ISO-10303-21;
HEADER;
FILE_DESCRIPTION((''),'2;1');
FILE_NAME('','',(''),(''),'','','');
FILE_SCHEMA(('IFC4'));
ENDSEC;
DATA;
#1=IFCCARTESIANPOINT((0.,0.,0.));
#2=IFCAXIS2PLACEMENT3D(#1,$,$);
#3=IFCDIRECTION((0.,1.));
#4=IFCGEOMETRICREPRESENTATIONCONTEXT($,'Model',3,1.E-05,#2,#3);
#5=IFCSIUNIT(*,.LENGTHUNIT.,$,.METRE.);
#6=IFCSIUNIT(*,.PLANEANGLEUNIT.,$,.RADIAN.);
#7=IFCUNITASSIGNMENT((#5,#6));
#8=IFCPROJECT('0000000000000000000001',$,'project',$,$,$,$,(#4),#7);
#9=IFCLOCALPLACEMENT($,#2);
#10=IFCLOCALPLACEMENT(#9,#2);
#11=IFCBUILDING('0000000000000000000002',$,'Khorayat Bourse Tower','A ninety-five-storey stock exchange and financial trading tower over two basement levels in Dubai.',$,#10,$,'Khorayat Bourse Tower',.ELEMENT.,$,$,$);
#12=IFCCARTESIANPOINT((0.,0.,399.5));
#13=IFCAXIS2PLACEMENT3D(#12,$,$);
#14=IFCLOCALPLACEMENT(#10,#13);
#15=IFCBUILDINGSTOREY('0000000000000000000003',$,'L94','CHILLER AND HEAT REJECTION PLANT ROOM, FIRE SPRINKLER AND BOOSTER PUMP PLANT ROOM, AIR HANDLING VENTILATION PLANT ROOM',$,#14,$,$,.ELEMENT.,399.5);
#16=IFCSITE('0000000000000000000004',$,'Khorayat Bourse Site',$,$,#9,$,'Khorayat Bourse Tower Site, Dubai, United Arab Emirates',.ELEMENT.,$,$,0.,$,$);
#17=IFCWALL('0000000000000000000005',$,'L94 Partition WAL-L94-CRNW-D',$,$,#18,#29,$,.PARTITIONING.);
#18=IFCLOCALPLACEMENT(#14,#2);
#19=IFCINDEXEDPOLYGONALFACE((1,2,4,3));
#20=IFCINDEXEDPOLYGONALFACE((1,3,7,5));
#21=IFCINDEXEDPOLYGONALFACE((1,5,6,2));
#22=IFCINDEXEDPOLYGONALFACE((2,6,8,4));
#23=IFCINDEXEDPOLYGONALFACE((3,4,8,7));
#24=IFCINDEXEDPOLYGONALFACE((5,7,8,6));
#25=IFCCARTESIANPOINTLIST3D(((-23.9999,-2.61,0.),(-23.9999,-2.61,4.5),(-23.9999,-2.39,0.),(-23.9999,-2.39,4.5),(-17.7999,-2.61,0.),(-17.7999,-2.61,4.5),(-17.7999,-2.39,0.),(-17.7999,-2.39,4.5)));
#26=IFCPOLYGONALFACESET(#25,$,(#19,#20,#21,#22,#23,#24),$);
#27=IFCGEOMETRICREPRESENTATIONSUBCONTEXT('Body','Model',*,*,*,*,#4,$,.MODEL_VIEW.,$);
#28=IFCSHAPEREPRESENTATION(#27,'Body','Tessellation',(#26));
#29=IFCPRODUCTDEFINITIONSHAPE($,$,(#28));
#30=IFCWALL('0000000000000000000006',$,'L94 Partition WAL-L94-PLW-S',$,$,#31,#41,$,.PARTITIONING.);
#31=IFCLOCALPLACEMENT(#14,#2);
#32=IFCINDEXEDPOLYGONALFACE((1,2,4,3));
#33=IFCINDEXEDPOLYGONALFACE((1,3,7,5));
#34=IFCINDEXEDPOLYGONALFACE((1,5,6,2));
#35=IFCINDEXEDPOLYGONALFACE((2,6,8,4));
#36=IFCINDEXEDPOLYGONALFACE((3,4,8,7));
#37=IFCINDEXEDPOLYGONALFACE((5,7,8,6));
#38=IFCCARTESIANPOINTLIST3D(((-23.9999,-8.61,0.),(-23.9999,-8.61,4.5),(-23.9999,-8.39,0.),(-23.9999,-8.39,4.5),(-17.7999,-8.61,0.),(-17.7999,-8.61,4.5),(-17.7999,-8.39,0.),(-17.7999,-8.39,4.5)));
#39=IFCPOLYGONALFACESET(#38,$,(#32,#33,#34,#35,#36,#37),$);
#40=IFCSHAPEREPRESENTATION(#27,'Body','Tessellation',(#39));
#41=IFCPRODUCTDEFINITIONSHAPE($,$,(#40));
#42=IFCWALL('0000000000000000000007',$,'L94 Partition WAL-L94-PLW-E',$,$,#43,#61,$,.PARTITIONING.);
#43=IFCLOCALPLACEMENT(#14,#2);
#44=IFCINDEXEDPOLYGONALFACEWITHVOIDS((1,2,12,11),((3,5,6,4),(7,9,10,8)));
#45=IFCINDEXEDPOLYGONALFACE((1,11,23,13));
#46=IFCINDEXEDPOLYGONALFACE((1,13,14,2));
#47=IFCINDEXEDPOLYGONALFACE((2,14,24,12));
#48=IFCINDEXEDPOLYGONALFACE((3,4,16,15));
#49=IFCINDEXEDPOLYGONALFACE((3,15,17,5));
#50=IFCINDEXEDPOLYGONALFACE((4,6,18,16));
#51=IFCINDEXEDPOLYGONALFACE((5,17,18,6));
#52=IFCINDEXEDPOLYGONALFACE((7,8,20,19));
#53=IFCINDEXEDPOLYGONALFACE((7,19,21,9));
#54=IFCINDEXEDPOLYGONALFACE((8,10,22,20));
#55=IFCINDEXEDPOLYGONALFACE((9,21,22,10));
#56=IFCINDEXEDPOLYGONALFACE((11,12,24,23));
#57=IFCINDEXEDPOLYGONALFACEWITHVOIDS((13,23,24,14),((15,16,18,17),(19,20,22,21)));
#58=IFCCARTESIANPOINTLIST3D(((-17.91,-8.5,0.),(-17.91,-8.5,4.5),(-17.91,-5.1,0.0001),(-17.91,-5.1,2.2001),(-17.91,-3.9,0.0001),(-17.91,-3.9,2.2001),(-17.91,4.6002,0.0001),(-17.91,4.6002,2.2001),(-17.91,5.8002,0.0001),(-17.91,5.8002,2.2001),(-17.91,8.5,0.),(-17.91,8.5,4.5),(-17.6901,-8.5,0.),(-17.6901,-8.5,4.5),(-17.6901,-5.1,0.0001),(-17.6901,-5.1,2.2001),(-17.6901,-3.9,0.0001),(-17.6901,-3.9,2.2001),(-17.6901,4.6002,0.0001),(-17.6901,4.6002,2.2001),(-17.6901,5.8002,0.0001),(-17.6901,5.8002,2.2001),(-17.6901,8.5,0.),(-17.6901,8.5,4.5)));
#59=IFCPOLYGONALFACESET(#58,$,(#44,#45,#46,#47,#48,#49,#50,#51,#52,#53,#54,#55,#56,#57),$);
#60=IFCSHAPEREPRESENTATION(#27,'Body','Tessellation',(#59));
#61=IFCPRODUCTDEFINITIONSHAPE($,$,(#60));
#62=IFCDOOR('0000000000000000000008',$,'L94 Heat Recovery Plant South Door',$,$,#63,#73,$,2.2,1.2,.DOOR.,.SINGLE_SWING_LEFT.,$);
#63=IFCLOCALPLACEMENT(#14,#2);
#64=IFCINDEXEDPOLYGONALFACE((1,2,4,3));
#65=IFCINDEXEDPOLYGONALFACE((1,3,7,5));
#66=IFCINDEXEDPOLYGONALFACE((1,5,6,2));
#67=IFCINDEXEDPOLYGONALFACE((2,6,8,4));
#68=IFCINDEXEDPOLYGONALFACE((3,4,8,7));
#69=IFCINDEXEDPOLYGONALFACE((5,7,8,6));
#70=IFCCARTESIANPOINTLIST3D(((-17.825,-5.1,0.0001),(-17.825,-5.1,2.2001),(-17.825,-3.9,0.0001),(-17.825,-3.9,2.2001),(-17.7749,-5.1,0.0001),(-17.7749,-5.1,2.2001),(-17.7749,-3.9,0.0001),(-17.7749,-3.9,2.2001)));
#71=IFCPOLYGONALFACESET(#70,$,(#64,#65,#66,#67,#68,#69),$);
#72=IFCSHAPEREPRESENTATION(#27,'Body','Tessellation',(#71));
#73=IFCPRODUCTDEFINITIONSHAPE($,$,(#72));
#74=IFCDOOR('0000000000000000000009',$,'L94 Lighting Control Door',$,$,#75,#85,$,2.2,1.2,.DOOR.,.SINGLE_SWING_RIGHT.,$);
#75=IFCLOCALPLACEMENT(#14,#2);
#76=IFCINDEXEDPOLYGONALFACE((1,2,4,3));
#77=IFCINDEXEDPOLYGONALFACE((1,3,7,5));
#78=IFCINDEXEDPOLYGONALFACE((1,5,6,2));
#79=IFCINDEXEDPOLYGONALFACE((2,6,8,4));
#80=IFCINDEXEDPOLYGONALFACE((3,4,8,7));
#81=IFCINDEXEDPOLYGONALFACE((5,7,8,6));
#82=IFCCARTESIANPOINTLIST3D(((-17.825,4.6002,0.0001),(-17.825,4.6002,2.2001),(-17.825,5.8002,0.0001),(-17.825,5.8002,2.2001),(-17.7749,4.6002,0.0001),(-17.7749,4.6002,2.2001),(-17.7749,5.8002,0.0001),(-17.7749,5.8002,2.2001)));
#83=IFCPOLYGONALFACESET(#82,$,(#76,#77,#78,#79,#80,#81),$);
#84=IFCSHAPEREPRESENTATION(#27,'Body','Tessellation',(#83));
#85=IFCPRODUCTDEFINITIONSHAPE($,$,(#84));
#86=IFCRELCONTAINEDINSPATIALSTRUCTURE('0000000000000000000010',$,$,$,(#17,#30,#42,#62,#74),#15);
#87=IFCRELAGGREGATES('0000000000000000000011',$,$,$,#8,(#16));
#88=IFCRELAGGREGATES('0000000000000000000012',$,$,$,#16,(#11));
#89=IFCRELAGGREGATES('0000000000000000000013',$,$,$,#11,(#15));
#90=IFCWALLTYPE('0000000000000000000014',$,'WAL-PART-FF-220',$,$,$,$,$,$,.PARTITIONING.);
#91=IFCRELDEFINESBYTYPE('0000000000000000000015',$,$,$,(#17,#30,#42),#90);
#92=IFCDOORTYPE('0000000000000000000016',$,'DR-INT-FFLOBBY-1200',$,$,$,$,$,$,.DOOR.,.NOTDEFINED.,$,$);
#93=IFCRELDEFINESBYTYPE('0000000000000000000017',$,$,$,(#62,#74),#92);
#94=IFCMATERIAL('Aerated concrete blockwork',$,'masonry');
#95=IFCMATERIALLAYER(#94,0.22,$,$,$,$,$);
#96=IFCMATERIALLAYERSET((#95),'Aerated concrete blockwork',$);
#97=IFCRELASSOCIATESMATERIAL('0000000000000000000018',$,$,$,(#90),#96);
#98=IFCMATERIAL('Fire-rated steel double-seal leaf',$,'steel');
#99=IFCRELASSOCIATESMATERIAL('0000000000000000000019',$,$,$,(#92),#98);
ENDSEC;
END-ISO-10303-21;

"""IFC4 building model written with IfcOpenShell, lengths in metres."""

from ifc_helpers import new_model, si_unit, direction, frame, frame_2d, origin, place, context, subcontext, project, spatial, rectangle, extrude, source, transform, mapped, material, layer, layer_set, type_object, element, fill, save


model = new_model("IFC4")

# Units and contexts
model_context = context("Model", 3, precision=1e-05, world=origin(), true_north=direction((0.0, 1.0)))
body_context = subcontext(model_context, "Body", "Model", "MODEL_VIEW")
ifc_project = project(units=[si_unit("LENGTHUNIT", "METRE"), si_unit("PLANEANGLEUNIT", "RADIAN")], contexts=[model_context])

# Site, building, storey
site_placement = place(None, origin())
site = spatial("IfcSite", under=ifc_project, at=site_placement, Name="Khorayat Bourse Site", LongName="Khorayat Bourse Tower Site, Dubai, United Arab Emirates", CompositionType="ELEMENT", RefElevation=0.0)
building_placement = place(site_placement, origin())
building = spatial("IfcBuilding", under=site, at=building_placement, Name="Khorayat Bourse Tower", Description="A ninety-five-storey stock exchange and financial trading tower over two basement levels in Dubai.", LongName="Khorayat Bourse Tower", CompositionType="ELEMENT")
storey_placement = place(building_placement, frame((0.0, 0.0, 399.5)))
storey = spatial("IfcBuildingStorey", under=building, at=storey_placement, Name="L94", Description="CHILLER AND HEAT REJECTION PLANT ROOM, FIRE SPRINKLER AND BOOSTER PUMP PLANT ROOM, AIR HANDLING VENTILATION PLANT ROOM", CompositionType="ELEMENT", Elevation=399.5)

# Shared definitions
ifc_material_1 = material(Name="Aerated concrete blockwork", Category="masonry")
ifc_layer_1 = layer(ifc_material_1, 0.22)
ifc_layer_set_1 = layer_set([ifc_layer_1], Name="Aerated concrete blockwork")
wall_type_1 = type_object("IfcWallType", Name="WAL-PART-FF-220", PredefinedType="PARTITIONING", material=ifc_layer_set_1)

# Walls
shared_shape_1 = source(origin(), body_context, "Body", "SweptSolid", [
    extrude(rectangle(XDim=6.2, YDim=0.22, at=frame_2d((3.1001, 0.0))), origin(), (0.0, 0.0, 1.0), 4.5),
])
for number, where, z_axis, x_axis, name in (
    (1, (-24.0, -2.5, 0.0), (0.0, 0.0, 1.0), (1.0, 0.0, 0.0), "L94 Partition WAL-L94-CRNW-D"),
    (2, (-24.0, -8.5, 0.0), (0.0, 0.0, 1.0), (1.0, 0.0, 0.0), "L94 Partition WAL-L94-PLW-S"),
):
    element("IfcWall", number, at=place(storey_placement, frame(where, z_axis=z_axis, x_axis=x_axis)), inside=storey, type_object=wall_type_1, Name=name, PredefinedType="PARTITIONING", context=body_context, shape_type="MappedRepresentation", body=[
        mapped(shared_shape_1, transform((0.0, 0.0, 0.0), scale=1.0)),
    ])

# Wall, openings, doors
shared_shape_2 = source(origin(), body_context, "Body", "SweptSolid", [
    extrude(rectangle(XDim=17.0, YDim=0.22, at=frame_2d((8.5, 0.0))), origin(), (0.0, 0.0, 1.0), 4.5),
])
wall_1_placement = place(storey_placement, frame((-17.8, -8.5, 0.0), z_axis=(0.0, 0.0, 1.0), x_axis=(0.0, 1.0, 0.0)))
wall_1 = element("IfcWall", 3, at=wall_1_placement, inside=storey, type_object=wall_type_1, Name="L94 Partition WAL-L94-PLW-E", PredefinedType="PARTITIONING", context=body_context, shape_type="MappedRepresentation", body=[
    mapped(shared_shape_2, transform((0.0, 0.0, 0.0), scale=1.0)),
])
shared_shape_3 = source(origin(), body_context, "Body", "SweptSolid", [
    extrude(rectangle(XDim=1.2, YDim=2.2, at=frame_2d((0.6001, 1.1001))), frame((0.0, 0.1199, 0.0), z_axis=(0.0, -1.0, 0.0), x_axis=(1.0, 0.0, 0.0)), (0.0, 0.0, 1.0), 0.24),
])
opening_1_placement = place(wall_1_placement, frame((3.3999, 0.0, 0.0)))
opening_1 = element("IfcOpeningElement", 4, at=opening_1_placement, cuts=wall_1, PredefinedType="OPENING", context=body_context, shape_type="MappedRepresentation", body=[
    mapped(shared_shape_3, transform((0.0, 0.0, 0.0), scale=1.0)),
])
opening_2_placement = place(wall_1_placement, frame((13.1001, 0.0, 0.0)))
opening_2 = element("IfcOpeningElement", 5, at=opening_2_placement, cuts=wall_1, PredefinedType="OPENING", context=body_context, shape_type="MappedRepresentation", body=[
    mapped(shared_shape_3, transform((0.0, 0.0, 0.0), scale=1.0)),
])
ifc_material_2 = material(Name="Fire-rated steel double-seal leaf", Category="steel")
door_type_1 = type_object("IfcDoorType", Name="DR-INT-FFLOBBY-1200", OperationType="NOTDEFINED", PredefinedType="DOOR", material=ifc_material_2)
shared_shape_4 = source(origin(), body_context, "Body", "SweptSolid", [
    extrude(rectangle(XDim=1.2, YDim=2.2, at=frame_2d((0.6001, 1.1001))), frame((0.0, 0.0249, 0.0), z_axis=(0.0, -1.0, 0.0), x_axis=(1.0, 0.0, 0.0)), (0.0, 0.0, 1.0), 0.05),
])
door_1_placement = place(opening_1_placement, origin())
door_1 = element("IfcDoor", 6, at=door_1_placement, inside=storey, type_object=door_type_1, Name="L94 Heat Recovery Plant South Door", OperationType="SINGLE_SWING_LEFT", OverallHeight=2.2, OverallWidth=1.2, PredefinedType="DOOR", context=body_context, shape_type="MappedRepresentation", body=[
    mapped(shared_shape_4, transform((0.0, 0.0, 0.0), scale=1.0)),
])
fill(opening_1, door_1)
door_2_placement = place(opening_2_placement, origin())
door_2 = element("IfcDoor", 7, at=door_2_placement, inside=storey, type_object=door_type_1, Name="L94 Lighting Control Door", OperationType="SINGLE_SWING_RIGHT", OverallHeight=2.2, OverallWidth=1.2, PredefinedType="DOOR", context=body_context, shape_type="MappedRepresentation", body=[
    mapped(shared_shape_4, transform((0.0, 0.0, 0.0), scale=1.0)),
])
fill(opening_2, door_2)

save(model, "model.ifc")
